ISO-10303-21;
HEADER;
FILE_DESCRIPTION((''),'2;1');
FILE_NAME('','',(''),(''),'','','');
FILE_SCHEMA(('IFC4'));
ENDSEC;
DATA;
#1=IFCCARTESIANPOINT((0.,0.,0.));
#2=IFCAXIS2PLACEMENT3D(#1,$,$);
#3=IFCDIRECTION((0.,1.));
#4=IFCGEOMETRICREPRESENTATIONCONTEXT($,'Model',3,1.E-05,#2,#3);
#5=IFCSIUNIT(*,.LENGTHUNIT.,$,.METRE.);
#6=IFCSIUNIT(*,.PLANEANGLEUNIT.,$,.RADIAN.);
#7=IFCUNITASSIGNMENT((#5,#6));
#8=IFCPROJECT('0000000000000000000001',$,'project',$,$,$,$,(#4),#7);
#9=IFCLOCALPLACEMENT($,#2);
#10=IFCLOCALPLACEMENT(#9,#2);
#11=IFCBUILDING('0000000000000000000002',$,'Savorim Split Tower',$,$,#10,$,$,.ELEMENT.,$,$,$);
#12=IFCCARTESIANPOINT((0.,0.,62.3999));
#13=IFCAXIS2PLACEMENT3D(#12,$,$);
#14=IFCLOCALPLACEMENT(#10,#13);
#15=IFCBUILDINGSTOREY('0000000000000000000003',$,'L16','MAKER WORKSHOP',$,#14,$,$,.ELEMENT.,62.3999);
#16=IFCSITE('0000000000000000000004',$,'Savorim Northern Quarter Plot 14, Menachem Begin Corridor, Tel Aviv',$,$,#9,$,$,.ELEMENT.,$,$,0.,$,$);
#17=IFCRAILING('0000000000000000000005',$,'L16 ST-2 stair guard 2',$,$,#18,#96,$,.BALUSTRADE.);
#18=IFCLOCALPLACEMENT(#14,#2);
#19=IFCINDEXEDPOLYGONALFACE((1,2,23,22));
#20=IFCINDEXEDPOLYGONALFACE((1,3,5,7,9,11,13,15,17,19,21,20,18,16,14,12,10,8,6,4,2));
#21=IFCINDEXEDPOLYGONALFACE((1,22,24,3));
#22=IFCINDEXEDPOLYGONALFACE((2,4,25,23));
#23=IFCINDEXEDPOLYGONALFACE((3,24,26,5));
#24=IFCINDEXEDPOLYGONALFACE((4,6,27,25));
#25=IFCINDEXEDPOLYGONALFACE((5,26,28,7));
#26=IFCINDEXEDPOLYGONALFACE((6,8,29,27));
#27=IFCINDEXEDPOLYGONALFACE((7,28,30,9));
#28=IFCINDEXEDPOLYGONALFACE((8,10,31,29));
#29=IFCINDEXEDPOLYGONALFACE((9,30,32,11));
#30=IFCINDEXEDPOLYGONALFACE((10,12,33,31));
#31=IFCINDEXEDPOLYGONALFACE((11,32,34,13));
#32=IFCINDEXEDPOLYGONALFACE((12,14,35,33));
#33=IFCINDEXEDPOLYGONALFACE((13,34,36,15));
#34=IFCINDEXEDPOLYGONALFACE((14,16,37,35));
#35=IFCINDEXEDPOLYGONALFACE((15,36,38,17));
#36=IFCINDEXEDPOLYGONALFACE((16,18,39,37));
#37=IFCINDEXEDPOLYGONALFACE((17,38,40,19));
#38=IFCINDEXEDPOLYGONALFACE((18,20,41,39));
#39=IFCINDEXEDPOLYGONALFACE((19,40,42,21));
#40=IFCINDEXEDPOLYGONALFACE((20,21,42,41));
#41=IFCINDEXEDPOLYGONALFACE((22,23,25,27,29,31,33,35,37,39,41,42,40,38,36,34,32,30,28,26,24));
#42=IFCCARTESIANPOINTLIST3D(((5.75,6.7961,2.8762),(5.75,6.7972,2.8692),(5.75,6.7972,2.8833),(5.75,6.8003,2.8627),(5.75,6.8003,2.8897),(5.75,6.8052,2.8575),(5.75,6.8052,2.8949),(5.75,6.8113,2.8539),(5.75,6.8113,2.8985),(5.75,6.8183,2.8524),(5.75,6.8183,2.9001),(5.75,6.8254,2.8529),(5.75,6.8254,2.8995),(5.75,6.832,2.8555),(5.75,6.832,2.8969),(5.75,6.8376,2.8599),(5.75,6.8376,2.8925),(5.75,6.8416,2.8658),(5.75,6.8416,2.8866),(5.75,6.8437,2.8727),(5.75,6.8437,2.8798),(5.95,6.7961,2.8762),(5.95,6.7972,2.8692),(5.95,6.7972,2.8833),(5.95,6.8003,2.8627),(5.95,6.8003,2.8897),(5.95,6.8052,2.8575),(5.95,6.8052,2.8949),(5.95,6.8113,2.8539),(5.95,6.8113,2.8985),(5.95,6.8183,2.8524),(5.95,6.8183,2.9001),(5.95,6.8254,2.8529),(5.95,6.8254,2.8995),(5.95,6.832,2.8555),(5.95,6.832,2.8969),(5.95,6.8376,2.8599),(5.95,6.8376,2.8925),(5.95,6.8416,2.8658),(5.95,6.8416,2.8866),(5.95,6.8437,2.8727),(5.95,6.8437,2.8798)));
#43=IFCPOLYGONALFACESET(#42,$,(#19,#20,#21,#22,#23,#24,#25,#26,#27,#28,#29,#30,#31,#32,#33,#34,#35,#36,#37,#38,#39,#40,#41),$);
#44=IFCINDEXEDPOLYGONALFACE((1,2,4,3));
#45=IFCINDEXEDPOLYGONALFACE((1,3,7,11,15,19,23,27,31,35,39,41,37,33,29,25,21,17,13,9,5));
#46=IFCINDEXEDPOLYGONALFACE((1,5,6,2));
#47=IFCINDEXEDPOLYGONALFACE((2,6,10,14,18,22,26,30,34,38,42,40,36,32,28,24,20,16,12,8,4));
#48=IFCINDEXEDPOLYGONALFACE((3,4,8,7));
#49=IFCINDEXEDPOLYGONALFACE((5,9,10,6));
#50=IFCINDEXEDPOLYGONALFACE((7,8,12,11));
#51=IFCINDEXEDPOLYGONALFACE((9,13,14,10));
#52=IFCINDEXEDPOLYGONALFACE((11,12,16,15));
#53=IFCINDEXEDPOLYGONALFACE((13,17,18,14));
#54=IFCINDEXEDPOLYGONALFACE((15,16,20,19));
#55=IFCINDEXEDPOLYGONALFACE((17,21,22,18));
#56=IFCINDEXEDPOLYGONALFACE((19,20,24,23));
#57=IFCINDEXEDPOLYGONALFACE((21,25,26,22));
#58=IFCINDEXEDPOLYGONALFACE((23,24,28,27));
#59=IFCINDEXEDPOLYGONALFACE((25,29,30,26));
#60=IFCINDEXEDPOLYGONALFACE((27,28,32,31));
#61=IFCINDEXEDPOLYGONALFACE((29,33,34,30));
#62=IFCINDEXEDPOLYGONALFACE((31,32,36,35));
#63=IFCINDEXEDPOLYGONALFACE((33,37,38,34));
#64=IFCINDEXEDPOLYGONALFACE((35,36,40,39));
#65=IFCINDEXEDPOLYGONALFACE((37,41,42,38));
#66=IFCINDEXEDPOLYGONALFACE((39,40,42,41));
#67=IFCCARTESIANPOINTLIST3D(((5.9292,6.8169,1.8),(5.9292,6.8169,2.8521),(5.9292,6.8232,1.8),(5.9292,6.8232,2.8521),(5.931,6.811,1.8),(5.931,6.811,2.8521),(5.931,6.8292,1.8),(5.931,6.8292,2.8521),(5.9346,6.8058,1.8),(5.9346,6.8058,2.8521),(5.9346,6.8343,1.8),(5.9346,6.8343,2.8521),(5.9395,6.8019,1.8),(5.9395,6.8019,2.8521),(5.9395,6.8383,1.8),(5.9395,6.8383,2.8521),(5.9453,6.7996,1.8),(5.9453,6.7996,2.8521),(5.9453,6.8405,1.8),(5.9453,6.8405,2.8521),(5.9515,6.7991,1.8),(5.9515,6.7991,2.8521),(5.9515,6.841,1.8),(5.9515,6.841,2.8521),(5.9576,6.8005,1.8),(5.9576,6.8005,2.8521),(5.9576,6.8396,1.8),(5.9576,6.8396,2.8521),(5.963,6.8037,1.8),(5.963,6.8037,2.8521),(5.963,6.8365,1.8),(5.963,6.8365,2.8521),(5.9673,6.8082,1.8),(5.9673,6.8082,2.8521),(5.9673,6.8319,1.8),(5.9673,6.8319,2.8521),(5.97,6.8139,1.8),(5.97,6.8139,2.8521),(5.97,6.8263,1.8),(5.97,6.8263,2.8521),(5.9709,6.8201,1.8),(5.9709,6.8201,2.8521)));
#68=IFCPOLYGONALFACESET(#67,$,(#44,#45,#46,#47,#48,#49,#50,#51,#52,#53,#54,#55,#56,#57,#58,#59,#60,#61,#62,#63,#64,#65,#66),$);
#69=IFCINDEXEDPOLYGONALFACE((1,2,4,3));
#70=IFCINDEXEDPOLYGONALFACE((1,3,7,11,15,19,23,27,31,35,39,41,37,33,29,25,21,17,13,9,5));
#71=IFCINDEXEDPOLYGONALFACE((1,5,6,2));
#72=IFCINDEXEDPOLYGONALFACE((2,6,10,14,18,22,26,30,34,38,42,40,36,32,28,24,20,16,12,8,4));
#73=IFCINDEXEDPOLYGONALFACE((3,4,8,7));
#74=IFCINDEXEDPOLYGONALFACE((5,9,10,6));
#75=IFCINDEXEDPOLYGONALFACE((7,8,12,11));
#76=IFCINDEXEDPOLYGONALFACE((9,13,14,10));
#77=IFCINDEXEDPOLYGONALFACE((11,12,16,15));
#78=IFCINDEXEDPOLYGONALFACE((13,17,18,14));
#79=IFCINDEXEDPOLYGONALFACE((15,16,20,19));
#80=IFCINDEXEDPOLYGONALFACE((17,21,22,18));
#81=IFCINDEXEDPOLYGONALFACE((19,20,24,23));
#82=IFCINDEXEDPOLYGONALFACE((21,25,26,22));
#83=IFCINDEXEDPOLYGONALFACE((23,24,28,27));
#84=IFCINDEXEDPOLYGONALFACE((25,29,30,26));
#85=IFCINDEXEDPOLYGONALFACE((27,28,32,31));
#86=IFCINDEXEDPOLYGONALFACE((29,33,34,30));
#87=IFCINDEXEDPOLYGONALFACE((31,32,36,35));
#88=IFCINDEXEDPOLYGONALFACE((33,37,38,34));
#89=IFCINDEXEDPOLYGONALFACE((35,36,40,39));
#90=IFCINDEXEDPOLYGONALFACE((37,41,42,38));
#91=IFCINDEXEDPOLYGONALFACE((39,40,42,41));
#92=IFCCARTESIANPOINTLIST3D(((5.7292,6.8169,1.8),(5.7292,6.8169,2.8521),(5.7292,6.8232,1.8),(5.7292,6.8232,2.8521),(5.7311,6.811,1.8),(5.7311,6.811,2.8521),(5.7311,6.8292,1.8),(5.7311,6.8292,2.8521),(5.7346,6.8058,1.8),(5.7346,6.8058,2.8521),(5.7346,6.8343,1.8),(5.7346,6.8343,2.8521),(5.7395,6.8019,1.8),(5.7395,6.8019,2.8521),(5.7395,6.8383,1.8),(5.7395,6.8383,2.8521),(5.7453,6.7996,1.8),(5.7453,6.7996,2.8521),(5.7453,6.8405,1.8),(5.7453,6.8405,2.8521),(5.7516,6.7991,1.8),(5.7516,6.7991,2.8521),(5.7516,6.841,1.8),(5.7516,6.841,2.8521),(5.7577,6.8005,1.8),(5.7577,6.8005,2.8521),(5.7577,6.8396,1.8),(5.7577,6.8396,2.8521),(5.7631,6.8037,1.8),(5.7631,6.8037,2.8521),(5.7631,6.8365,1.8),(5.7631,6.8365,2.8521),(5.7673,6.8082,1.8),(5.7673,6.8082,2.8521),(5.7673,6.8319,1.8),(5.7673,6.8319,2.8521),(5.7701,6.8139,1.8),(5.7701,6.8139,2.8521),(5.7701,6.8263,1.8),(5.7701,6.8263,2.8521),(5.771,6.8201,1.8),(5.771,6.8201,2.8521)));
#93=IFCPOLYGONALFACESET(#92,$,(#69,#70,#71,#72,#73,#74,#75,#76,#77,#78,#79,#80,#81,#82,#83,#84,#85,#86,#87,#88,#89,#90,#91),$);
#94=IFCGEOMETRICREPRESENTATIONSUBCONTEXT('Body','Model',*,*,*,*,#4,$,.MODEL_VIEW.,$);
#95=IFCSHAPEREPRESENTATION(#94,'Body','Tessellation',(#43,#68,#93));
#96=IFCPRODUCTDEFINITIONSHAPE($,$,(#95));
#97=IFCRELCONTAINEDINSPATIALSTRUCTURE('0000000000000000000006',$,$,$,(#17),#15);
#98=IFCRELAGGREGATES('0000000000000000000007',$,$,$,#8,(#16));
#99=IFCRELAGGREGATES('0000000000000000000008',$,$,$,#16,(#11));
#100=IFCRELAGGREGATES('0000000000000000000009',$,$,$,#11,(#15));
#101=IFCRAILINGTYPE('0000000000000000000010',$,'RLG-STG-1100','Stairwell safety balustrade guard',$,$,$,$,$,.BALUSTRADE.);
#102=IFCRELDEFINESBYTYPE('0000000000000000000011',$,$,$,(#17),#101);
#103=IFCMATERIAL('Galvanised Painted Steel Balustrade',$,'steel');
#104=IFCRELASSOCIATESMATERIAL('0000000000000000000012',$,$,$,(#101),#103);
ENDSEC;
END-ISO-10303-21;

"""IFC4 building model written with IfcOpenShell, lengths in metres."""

from ifc_helpers import new_model, si_unit, direction, frame, origin, origin_2d, place, context, subcontext, project, spatial, circle, extrude, material, type_object, element, save


model = new_model("IFC4")

# Units and contexts
model_context = context("Model", 3, precision=1e-05, world=origin(), true_north=direction((0.0, 1.0)))
body_context = subcontext(model_context, "Body", "Model", "MODEL_VIEW")
ifc_project = project(units=[si_unit("LENGTHUNIT", "METRE"), si_unit("PLANEANGLEUNIT", "RADIAN")], contexts=[model_context])

# Site, building, storey
site_placement = place(None, origin())
site = spatial("IfcSite", under=ifc_project, at=site_placement, Name="Savorim Northern Quarter Plot 14, Menachem Begin Corridor, Tel Aviv", CompositionType="ELEMENT", RefElevation=0.0)
building_placement = place(site_placement, origin())
building = spatial("IfcBuilding", under=site, at=building_placement, Name="Savorim Split Tower", CompositionType="ELEMENT")
storey_placement = place(building_placement, frame((0.0, 0.0, 62.3999)))
storey = spatial("IfcBuildingStorey", under=building, at=storey_placement, Name="L16", Description="MAKER WORKSHOP", CompositionType="ELEMENT", Elevation=62.3999)

# Railing
ifc_material_1 = material(Name="Galvanised Painted Steel Balustrade", Category="steel")
railing_type_1 = type_object("IfcRailingType", Name="RLG-STG-1100", Description="Stairwell safety balustrade guard", PredefinedType="BALUSTRADE", material=ifc_material_1)
railing_1_placement = place(storey_placement, frame((5.95, 6.8201, 1.8)))
element("IfcRailing", 1, at=railing_1_placement, inside=storey, type_object=railing_type_1, Name="L16 ST-2 stair guard 2", PredefinedType="BALUSTRADE", context=body_context, shape_type="SweptSolid", body=[
    extrude(circle(Radius=0.0239, at=origin_2d()), frame((0.0, 0.0, 1.0762), z_axis=(-1.0, 0.0, 0.0), x_axis=(0.0, -1.0, 0.0)), (0.0, 0.0, 1.0), 0.2),
    extrude(circle(Radius=0.021, at=origin_2d()), origin(), (0.0, 0.0, 1.0), 1.052),
    extrude(circle(Radius=0.021, at=origin_2d()), frame((-0.2, 0.0, 0.0)), (0.0, 0.0, 1.0), 1.052),
])

save(model, "model.ifc")
